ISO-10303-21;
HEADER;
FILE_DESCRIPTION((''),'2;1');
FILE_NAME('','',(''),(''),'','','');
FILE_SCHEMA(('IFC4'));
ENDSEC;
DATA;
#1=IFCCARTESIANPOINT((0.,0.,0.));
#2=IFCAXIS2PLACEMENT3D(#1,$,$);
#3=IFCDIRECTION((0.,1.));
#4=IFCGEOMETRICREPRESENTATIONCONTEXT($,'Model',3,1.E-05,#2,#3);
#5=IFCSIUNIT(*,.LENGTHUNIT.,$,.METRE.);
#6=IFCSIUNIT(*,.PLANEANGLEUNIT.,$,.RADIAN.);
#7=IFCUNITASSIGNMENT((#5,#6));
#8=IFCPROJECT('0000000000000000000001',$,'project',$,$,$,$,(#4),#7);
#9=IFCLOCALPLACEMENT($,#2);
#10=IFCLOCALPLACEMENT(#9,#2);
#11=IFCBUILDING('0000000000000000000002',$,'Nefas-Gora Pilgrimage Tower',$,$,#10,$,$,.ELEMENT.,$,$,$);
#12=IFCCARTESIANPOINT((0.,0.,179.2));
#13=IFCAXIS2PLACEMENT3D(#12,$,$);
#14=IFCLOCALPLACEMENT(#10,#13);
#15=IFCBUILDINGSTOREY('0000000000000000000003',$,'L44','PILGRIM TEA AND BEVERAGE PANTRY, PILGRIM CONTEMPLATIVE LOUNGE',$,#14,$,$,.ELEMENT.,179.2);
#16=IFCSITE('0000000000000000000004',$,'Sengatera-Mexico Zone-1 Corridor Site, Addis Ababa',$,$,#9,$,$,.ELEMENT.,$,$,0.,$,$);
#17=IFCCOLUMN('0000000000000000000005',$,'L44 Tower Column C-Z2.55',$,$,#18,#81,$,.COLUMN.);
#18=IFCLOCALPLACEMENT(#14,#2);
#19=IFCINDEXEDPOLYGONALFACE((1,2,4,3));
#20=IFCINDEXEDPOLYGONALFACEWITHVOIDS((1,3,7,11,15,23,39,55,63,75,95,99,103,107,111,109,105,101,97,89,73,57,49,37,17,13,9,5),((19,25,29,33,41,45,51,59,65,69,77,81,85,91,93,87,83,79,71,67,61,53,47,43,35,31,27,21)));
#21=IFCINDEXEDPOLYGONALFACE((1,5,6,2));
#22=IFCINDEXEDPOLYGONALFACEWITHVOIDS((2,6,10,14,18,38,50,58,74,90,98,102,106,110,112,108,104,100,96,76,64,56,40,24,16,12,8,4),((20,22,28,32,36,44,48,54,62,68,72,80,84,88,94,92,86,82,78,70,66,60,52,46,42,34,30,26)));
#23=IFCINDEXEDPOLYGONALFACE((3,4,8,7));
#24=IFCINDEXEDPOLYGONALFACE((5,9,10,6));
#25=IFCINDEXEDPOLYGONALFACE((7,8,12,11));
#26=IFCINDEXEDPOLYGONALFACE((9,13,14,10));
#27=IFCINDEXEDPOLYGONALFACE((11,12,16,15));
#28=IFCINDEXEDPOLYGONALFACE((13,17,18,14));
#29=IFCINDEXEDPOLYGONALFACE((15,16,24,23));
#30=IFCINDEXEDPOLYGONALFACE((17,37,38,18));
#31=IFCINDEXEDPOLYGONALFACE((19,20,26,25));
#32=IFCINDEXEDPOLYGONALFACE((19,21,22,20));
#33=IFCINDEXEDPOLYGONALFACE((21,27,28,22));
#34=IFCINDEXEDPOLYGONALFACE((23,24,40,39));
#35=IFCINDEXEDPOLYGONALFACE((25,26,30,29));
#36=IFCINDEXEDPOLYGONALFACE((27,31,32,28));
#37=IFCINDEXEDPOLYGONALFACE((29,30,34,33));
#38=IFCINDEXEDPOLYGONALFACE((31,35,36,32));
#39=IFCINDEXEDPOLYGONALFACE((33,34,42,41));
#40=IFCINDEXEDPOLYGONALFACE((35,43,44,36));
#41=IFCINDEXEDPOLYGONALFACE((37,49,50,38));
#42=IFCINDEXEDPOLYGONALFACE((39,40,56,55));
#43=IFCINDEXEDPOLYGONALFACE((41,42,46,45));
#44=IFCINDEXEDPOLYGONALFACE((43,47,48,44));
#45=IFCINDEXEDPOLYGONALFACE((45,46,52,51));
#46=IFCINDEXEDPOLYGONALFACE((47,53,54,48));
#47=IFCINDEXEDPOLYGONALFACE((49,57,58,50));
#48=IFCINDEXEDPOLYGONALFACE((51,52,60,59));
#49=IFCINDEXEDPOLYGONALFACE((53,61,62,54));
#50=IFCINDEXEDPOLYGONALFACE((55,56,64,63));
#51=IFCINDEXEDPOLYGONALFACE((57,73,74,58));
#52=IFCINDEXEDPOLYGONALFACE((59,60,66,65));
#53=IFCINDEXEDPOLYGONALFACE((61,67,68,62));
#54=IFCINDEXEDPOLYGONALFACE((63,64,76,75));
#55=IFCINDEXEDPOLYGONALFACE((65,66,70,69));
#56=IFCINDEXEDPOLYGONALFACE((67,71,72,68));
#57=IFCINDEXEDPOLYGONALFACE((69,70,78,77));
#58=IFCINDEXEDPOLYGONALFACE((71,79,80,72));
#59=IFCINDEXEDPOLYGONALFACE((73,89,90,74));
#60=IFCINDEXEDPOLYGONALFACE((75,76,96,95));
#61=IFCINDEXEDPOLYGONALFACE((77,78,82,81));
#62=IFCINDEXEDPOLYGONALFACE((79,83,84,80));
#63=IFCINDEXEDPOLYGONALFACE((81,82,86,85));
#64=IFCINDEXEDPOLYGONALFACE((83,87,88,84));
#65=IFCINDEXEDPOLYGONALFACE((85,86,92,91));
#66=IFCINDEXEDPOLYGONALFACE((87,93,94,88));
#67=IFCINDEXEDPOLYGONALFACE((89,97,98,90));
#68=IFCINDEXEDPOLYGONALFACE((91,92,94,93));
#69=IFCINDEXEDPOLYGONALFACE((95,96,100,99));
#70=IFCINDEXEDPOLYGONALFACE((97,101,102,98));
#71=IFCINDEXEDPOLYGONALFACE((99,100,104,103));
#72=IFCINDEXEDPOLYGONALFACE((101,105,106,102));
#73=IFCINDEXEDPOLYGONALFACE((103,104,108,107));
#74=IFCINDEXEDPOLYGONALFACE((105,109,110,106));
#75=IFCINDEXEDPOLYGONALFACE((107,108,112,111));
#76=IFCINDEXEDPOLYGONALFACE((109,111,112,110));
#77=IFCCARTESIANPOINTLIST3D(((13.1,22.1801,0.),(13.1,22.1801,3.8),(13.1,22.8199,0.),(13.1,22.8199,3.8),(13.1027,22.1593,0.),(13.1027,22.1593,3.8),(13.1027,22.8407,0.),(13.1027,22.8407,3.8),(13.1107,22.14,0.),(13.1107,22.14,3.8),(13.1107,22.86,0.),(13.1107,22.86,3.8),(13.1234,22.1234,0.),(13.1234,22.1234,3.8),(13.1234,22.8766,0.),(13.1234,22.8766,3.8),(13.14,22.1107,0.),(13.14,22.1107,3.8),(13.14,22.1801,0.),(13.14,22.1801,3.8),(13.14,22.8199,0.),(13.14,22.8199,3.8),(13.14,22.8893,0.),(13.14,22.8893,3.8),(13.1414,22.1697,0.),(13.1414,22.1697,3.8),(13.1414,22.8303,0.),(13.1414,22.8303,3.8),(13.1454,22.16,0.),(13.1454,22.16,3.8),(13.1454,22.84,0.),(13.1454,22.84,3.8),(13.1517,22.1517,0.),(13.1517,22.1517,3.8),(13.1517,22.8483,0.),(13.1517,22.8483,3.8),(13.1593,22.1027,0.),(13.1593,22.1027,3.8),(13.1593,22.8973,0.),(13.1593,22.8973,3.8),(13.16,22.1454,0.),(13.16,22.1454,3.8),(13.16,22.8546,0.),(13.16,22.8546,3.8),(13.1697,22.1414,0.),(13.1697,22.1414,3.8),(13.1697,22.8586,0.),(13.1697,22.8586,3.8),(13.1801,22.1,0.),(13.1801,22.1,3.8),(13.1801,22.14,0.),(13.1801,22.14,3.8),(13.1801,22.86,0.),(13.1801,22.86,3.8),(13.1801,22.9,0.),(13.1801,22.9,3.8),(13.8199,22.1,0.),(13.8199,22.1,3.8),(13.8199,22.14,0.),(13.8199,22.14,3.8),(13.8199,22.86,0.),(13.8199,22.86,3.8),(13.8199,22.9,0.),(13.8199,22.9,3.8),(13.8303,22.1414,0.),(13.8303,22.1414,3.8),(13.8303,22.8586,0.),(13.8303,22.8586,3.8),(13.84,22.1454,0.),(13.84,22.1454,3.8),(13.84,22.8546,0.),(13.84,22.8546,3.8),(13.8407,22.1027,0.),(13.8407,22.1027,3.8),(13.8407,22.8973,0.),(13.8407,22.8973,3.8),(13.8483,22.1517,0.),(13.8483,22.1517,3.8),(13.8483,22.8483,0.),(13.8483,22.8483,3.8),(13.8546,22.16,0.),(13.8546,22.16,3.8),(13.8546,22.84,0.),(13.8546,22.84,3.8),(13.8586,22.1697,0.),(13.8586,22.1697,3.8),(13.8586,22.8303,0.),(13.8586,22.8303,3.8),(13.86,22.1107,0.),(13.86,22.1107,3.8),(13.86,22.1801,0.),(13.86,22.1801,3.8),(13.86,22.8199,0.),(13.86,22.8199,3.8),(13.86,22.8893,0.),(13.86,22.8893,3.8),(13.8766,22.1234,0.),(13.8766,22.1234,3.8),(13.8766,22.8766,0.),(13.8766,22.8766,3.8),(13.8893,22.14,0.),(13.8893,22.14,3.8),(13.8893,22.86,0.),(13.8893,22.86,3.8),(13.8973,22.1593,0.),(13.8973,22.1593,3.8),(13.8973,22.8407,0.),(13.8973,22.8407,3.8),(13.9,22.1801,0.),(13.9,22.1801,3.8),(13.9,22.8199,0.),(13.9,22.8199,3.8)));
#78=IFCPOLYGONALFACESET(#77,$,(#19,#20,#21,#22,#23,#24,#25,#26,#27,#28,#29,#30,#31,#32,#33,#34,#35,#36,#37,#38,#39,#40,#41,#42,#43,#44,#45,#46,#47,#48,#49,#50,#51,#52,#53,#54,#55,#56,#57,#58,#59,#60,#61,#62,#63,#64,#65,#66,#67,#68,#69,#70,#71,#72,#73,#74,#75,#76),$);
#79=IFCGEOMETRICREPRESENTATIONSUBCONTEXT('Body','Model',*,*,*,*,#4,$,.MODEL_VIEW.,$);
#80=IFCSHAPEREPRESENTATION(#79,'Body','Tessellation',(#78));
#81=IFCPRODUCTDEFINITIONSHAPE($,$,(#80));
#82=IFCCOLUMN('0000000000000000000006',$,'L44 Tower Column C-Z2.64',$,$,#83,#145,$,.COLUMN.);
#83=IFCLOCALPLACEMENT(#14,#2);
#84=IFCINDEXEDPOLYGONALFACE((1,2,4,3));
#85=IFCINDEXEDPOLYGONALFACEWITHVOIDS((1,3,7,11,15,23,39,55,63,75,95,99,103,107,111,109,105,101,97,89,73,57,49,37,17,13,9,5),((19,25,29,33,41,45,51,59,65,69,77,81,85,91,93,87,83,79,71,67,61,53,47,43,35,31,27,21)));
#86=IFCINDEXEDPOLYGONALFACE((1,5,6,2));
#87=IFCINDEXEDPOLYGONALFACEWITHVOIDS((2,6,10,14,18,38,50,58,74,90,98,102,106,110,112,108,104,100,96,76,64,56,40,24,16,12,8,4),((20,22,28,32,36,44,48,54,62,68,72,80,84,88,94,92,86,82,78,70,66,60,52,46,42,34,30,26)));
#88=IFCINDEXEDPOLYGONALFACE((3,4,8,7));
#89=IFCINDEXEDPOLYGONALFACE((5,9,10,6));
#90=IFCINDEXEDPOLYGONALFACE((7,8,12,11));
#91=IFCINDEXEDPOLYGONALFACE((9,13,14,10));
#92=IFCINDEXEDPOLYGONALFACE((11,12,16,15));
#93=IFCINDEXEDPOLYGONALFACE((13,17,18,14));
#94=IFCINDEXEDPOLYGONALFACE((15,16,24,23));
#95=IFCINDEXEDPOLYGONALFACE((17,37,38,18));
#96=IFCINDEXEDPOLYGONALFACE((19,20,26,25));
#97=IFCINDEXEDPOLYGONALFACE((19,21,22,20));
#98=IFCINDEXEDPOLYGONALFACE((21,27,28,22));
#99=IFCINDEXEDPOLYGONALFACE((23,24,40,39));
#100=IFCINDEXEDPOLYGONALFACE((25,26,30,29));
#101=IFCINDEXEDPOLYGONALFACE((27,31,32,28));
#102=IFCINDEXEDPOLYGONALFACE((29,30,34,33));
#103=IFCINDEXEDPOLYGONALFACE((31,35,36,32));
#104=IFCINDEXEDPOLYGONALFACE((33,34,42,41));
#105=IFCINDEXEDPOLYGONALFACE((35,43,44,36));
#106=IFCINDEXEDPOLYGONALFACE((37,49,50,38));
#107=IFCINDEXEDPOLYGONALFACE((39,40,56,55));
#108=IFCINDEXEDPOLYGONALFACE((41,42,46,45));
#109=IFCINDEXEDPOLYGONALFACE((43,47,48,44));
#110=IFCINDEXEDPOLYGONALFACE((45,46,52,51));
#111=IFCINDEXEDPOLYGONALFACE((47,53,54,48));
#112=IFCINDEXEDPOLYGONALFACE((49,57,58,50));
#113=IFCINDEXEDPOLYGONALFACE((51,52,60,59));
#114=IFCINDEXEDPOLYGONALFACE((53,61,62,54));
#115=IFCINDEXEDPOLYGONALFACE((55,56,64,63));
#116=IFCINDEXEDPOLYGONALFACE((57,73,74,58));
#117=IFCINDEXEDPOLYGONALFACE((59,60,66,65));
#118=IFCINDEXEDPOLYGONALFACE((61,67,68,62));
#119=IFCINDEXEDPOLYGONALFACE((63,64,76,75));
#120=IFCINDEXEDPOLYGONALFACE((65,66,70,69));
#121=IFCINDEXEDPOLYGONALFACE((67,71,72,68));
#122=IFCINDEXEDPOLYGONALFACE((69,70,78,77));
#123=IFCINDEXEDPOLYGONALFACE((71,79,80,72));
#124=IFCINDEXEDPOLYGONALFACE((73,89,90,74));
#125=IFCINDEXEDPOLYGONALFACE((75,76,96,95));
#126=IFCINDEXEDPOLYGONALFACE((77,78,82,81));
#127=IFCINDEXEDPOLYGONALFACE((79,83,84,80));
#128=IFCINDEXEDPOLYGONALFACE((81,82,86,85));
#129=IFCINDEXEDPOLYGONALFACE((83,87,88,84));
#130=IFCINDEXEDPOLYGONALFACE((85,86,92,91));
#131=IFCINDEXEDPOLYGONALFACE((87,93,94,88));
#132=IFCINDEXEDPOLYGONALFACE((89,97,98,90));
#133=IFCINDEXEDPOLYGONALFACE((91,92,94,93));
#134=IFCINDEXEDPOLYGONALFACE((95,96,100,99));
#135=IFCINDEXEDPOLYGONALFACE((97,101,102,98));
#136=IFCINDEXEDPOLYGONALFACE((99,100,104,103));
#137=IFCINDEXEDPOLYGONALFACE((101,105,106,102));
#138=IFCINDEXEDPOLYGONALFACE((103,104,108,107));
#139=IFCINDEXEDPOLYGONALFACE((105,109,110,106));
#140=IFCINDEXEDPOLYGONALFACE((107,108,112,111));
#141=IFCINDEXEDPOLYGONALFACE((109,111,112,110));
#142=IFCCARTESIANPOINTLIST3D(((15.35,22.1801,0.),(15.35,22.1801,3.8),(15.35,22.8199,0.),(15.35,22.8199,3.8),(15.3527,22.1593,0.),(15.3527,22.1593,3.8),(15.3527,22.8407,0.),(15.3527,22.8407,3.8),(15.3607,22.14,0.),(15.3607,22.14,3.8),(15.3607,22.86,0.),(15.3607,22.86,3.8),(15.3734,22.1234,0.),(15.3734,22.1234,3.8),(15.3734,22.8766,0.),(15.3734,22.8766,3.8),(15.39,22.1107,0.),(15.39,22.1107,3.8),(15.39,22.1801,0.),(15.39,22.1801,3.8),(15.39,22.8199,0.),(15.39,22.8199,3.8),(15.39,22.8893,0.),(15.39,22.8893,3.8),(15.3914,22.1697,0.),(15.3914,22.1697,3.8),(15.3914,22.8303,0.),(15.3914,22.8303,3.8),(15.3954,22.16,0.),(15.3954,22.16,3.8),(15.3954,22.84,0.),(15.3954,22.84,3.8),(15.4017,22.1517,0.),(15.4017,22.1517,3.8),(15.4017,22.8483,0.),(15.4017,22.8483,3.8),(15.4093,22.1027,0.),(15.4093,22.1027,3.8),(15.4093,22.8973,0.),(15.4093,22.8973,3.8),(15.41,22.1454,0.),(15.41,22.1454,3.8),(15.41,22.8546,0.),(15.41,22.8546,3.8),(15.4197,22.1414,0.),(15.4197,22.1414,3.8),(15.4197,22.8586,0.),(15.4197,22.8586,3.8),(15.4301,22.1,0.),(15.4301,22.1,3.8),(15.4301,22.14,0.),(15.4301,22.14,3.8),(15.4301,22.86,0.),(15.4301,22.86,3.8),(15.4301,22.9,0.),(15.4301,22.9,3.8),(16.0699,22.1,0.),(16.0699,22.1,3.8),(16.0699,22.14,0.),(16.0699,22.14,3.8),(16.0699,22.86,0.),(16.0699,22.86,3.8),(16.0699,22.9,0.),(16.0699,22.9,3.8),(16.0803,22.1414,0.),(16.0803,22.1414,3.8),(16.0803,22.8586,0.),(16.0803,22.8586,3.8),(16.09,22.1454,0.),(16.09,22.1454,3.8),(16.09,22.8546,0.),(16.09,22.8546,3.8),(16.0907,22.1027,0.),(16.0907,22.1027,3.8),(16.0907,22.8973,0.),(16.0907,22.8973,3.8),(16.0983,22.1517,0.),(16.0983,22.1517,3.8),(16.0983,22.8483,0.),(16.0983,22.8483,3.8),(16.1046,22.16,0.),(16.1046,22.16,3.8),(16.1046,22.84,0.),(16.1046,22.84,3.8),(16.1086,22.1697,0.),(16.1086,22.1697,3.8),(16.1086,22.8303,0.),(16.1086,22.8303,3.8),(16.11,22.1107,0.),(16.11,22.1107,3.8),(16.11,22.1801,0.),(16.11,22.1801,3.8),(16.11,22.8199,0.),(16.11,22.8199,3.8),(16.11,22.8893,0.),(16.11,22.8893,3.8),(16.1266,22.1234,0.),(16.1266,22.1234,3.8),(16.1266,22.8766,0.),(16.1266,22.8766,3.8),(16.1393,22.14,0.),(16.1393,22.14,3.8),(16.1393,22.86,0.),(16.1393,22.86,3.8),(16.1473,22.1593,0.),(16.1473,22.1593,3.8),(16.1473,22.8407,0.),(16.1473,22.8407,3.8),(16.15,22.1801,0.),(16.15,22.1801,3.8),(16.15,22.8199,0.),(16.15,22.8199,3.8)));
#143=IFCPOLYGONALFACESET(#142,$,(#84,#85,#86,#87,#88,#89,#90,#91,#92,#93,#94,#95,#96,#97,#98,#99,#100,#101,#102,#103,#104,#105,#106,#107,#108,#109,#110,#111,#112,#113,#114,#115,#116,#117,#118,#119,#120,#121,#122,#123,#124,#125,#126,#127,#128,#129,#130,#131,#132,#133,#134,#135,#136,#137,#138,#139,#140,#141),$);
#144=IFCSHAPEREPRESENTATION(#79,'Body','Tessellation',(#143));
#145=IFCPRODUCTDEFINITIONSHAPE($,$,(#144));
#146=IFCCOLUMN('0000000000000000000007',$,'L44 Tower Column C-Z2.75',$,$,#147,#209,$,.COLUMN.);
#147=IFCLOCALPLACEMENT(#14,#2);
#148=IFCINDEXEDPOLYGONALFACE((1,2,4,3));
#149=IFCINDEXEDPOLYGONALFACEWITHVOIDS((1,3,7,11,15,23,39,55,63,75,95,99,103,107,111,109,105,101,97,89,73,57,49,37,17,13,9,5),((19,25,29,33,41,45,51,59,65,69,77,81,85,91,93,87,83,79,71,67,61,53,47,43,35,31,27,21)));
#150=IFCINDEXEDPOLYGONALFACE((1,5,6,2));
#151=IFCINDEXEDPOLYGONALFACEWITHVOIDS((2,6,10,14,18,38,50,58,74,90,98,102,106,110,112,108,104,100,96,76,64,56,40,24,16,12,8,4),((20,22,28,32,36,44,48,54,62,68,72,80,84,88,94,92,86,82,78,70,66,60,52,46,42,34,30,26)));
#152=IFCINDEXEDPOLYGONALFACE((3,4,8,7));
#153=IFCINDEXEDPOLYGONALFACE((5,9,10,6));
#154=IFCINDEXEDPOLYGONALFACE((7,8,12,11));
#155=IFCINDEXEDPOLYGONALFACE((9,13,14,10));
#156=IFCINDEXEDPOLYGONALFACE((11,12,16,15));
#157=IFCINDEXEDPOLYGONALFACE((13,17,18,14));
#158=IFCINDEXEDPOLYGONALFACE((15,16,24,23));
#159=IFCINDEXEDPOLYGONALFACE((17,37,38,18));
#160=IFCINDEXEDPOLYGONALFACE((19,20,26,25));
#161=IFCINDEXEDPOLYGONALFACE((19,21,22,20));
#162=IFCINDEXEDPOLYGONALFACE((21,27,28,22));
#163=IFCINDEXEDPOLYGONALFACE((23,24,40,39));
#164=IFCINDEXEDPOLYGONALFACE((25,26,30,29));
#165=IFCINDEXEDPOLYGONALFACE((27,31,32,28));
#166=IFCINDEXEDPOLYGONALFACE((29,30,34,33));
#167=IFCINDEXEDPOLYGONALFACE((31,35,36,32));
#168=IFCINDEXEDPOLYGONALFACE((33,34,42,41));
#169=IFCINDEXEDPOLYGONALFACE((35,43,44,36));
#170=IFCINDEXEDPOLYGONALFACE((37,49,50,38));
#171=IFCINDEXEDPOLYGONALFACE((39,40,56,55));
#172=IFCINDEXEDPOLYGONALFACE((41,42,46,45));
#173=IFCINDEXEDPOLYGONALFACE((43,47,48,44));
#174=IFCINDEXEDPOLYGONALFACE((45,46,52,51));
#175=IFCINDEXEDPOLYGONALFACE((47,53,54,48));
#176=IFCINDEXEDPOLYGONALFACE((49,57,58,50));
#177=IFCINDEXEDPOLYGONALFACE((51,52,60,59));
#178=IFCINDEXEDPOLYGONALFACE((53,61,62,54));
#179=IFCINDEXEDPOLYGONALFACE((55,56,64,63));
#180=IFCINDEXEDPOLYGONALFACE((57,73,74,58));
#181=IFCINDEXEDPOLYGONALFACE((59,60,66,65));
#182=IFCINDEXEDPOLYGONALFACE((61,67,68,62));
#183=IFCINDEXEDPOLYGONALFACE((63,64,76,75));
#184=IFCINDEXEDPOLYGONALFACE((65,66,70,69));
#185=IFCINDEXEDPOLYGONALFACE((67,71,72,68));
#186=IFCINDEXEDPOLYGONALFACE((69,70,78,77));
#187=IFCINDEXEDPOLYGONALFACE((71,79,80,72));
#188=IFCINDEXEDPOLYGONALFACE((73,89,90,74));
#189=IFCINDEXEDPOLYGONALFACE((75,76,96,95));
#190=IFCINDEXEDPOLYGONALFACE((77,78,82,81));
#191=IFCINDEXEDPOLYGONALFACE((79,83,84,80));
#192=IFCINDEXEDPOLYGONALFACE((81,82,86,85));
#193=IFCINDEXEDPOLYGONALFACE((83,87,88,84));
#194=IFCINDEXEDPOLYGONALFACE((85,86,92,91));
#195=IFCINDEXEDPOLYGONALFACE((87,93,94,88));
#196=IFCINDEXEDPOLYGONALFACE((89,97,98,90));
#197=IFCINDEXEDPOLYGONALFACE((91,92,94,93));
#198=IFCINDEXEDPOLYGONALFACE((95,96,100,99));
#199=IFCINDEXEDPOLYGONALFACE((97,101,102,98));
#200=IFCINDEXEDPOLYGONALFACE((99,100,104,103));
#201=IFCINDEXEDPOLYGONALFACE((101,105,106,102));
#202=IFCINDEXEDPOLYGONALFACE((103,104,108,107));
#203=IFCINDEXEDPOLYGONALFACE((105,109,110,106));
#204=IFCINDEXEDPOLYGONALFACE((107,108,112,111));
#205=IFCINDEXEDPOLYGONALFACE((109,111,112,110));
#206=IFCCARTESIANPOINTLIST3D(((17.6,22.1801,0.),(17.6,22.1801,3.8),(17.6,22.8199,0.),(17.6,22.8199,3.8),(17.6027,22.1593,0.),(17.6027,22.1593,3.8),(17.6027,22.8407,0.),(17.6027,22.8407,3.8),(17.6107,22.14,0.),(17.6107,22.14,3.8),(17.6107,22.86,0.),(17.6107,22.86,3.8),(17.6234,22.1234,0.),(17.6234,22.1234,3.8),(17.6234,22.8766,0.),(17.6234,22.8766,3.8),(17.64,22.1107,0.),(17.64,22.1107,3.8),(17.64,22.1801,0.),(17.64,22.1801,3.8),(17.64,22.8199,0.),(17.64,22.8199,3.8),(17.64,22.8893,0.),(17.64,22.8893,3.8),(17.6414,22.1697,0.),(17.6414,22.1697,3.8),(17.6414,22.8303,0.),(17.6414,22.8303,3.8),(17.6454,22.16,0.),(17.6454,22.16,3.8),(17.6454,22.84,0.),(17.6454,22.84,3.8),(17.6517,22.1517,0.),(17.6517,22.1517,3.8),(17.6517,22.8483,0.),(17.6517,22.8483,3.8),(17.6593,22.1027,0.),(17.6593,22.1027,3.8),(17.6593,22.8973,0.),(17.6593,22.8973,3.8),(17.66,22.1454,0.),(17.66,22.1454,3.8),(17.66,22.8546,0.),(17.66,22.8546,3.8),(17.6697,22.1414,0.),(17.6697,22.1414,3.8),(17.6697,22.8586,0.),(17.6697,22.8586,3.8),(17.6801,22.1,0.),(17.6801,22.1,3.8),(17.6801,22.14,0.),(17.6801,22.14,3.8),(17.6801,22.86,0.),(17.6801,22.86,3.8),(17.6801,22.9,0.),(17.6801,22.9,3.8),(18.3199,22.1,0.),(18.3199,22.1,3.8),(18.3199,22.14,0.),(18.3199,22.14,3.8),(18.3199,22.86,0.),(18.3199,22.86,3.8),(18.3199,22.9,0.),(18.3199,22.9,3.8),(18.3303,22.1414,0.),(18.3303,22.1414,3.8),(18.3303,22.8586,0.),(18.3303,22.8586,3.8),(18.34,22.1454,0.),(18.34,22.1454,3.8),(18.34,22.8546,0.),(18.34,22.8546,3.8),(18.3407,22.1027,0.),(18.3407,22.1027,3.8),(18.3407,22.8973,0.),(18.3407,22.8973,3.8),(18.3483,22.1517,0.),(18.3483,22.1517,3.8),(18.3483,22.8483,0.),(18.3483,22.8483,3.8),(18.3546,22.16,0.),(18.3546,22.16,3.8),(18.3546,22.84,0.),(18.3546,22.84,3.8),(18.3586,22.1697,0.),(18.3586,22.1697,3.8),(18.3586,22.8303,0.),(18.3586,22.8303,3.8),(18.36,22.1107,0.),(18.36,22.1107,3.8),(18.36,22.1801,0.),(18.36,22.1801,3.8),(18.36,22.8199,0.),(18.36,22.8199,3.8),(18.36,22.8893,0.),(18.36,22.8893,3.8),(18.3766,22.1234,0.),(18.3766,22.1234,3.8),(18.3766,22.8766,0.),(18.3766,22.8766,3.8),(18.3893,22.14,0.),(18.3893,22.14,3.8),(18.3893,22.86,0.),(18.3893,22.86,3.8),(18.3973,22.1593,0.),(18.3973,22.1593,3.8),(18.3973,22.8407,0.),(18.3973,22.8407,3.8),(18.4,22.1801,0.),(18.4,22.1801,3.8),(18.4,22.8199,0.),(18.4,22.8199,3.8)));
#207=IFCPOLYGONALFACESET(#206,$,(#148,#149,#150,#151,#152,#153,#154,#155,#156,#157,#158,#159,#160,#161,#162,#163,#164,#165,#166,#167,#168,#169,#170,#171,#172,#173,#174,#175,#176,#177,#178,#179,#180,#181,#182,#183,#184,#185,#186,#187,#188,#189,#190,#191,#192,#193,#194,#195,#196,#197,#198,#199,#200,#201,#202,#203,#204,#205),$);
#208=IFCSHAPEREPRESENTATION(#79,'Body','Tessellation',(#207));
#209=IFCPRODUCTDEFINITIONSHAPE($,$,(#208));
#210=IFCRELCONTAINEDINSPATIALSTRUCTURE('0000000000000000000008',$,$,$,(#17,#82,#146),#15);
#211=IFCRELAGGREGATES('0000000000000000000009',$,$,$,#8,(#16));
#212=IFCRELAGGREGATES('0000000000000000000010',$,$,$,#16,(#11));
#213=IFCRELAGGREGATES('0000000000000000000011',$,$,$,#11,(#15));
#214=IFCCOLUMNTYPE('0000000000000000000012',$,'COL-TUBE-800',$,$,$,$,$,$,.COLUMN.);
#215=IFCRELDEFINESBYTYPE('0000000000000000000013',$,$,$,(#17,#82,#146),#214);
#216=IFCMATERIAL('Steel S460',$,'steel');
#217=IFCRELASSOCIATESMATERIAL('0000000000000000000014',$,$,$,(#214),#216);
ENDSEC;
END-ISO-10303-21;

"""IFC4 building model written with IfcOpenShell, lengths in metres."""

from ifc_helpers import new_model, si_unit, direction, frame, origin, origin_2d, place, context, subcontext, project, spatial, hollow_rectangle, extrude, source, transform, mapped, material, material_profile, profile_set, type_object, element, save


model = new_model("IFC4")

# Units and contexts
model_context = context("Model", 3, precision=1e-05, world=origin(), true_north=direction((0.0, 1.0)))
body_context = subcontext(model_context, "Body", "Model", "MODEL_VIEW")
ifc_project = project(units=[si_unit("LENGTHUNIT", "METRE"), si_unit("PLANEANGLEUNIT", "RADIAN")], contexts=[model_context])

# Site, building, storey
site_placement = place(None, origin())
site = spatial("IfcSite", under=ifc_project, at=site_placement, Name="Sengatera-Mexico Zone-1 Corridor Site, Addis Ababa", CompositionType="ELEMENT", RefElevation=0.0)
building_placement = place(site_placement, origin())
building = spatial("IfcBuilding", under=site, at=building_placement, Name="Nefas-Gora Pilgrimage Tower", CompositionType="ELEMENT")
storey_placement = place(building_placement, frame((0.0, 0.0, 179.2)))
storey = spatial("IfcBuildingStorey", under=building, at=storey_placement, Name="L44", Description="PILGRIM TEA AND BEVERAGE PANTRY, PILGRIM CONTEMPLATIVE LOUNGE", CompositionType="ELEMENT", Elevation=179.2)

# Columns
ifc_material_1 = material(Name="Steel S460", Category="steel")
ifc_material_profile_1 = material_profile(ifc_material_1, hollow_rectangle(XDim=0.8, YDim=0.8, WallThickness=0.04, InnerFilletRadius=0.04, OuterFilletRadius=0.0801, at=origin_2d()), Name="BOX 800x800x40")
ifc_profile_set_1 = profile_set([ifc_material_profile_1], Name="Steel S460")
column_type_1 = type_object("IfcColumnType", Name="COL-TUBE-800", PredefinedType="COLUMN", material=ifc_profile_set_1)
shared_shape_1 = source(origin(), body_context, "Body", "SweptSolid", [
    extrude(hollow_rectangle(XDim=0.8, YDim=0.8, WallThickness=0.04, InnerFilletRadius=0.04, OuterFilletRadius=0.0801, at=origin_2d()), origin(), (0.0, 0.0, 1.0), 3.8),
])
for number, where, z_axis, x_axis, name in (
    (1, (13.5, 22.5, 0.0), (0.0, 0.0, 1.0), (1.0, 0.0, 0.0), "L44 Tower Column C-Z2.55"),
    (2, (15.75, 22.5, 0.0), (0.0, 0.0, 1.0), (1.0, 0.0, 0.0), "L44 Tower Column C-Z2.64"),
    (3, (18.0, 22.5, 0.0), (0.0, 0.0, 1.0), (1.0, 0.0, 0.0), "L44 Tower Column C-Z2.75"),
):
    element("IfcColumn", number, at=place(storey_placement, frame(where, z_axis=z_axis, x_axis=x_axis)), inside=storey, type_object=column_type_1, Name=name, PredefinedType="COLUMN", context=body_context, shape_type="MappedRepresentation", body=[
        mapped(shared_shape_1, transform((0.0, 0.0, 0.0), x_axis=(1.0, 0.0, 0.0), y_axis=(0.0, 1.0, 0.0), z_axis=(0.0, 0.0, 1.0), scale=1.0)),
    ])

save(model, "model.ifc")
